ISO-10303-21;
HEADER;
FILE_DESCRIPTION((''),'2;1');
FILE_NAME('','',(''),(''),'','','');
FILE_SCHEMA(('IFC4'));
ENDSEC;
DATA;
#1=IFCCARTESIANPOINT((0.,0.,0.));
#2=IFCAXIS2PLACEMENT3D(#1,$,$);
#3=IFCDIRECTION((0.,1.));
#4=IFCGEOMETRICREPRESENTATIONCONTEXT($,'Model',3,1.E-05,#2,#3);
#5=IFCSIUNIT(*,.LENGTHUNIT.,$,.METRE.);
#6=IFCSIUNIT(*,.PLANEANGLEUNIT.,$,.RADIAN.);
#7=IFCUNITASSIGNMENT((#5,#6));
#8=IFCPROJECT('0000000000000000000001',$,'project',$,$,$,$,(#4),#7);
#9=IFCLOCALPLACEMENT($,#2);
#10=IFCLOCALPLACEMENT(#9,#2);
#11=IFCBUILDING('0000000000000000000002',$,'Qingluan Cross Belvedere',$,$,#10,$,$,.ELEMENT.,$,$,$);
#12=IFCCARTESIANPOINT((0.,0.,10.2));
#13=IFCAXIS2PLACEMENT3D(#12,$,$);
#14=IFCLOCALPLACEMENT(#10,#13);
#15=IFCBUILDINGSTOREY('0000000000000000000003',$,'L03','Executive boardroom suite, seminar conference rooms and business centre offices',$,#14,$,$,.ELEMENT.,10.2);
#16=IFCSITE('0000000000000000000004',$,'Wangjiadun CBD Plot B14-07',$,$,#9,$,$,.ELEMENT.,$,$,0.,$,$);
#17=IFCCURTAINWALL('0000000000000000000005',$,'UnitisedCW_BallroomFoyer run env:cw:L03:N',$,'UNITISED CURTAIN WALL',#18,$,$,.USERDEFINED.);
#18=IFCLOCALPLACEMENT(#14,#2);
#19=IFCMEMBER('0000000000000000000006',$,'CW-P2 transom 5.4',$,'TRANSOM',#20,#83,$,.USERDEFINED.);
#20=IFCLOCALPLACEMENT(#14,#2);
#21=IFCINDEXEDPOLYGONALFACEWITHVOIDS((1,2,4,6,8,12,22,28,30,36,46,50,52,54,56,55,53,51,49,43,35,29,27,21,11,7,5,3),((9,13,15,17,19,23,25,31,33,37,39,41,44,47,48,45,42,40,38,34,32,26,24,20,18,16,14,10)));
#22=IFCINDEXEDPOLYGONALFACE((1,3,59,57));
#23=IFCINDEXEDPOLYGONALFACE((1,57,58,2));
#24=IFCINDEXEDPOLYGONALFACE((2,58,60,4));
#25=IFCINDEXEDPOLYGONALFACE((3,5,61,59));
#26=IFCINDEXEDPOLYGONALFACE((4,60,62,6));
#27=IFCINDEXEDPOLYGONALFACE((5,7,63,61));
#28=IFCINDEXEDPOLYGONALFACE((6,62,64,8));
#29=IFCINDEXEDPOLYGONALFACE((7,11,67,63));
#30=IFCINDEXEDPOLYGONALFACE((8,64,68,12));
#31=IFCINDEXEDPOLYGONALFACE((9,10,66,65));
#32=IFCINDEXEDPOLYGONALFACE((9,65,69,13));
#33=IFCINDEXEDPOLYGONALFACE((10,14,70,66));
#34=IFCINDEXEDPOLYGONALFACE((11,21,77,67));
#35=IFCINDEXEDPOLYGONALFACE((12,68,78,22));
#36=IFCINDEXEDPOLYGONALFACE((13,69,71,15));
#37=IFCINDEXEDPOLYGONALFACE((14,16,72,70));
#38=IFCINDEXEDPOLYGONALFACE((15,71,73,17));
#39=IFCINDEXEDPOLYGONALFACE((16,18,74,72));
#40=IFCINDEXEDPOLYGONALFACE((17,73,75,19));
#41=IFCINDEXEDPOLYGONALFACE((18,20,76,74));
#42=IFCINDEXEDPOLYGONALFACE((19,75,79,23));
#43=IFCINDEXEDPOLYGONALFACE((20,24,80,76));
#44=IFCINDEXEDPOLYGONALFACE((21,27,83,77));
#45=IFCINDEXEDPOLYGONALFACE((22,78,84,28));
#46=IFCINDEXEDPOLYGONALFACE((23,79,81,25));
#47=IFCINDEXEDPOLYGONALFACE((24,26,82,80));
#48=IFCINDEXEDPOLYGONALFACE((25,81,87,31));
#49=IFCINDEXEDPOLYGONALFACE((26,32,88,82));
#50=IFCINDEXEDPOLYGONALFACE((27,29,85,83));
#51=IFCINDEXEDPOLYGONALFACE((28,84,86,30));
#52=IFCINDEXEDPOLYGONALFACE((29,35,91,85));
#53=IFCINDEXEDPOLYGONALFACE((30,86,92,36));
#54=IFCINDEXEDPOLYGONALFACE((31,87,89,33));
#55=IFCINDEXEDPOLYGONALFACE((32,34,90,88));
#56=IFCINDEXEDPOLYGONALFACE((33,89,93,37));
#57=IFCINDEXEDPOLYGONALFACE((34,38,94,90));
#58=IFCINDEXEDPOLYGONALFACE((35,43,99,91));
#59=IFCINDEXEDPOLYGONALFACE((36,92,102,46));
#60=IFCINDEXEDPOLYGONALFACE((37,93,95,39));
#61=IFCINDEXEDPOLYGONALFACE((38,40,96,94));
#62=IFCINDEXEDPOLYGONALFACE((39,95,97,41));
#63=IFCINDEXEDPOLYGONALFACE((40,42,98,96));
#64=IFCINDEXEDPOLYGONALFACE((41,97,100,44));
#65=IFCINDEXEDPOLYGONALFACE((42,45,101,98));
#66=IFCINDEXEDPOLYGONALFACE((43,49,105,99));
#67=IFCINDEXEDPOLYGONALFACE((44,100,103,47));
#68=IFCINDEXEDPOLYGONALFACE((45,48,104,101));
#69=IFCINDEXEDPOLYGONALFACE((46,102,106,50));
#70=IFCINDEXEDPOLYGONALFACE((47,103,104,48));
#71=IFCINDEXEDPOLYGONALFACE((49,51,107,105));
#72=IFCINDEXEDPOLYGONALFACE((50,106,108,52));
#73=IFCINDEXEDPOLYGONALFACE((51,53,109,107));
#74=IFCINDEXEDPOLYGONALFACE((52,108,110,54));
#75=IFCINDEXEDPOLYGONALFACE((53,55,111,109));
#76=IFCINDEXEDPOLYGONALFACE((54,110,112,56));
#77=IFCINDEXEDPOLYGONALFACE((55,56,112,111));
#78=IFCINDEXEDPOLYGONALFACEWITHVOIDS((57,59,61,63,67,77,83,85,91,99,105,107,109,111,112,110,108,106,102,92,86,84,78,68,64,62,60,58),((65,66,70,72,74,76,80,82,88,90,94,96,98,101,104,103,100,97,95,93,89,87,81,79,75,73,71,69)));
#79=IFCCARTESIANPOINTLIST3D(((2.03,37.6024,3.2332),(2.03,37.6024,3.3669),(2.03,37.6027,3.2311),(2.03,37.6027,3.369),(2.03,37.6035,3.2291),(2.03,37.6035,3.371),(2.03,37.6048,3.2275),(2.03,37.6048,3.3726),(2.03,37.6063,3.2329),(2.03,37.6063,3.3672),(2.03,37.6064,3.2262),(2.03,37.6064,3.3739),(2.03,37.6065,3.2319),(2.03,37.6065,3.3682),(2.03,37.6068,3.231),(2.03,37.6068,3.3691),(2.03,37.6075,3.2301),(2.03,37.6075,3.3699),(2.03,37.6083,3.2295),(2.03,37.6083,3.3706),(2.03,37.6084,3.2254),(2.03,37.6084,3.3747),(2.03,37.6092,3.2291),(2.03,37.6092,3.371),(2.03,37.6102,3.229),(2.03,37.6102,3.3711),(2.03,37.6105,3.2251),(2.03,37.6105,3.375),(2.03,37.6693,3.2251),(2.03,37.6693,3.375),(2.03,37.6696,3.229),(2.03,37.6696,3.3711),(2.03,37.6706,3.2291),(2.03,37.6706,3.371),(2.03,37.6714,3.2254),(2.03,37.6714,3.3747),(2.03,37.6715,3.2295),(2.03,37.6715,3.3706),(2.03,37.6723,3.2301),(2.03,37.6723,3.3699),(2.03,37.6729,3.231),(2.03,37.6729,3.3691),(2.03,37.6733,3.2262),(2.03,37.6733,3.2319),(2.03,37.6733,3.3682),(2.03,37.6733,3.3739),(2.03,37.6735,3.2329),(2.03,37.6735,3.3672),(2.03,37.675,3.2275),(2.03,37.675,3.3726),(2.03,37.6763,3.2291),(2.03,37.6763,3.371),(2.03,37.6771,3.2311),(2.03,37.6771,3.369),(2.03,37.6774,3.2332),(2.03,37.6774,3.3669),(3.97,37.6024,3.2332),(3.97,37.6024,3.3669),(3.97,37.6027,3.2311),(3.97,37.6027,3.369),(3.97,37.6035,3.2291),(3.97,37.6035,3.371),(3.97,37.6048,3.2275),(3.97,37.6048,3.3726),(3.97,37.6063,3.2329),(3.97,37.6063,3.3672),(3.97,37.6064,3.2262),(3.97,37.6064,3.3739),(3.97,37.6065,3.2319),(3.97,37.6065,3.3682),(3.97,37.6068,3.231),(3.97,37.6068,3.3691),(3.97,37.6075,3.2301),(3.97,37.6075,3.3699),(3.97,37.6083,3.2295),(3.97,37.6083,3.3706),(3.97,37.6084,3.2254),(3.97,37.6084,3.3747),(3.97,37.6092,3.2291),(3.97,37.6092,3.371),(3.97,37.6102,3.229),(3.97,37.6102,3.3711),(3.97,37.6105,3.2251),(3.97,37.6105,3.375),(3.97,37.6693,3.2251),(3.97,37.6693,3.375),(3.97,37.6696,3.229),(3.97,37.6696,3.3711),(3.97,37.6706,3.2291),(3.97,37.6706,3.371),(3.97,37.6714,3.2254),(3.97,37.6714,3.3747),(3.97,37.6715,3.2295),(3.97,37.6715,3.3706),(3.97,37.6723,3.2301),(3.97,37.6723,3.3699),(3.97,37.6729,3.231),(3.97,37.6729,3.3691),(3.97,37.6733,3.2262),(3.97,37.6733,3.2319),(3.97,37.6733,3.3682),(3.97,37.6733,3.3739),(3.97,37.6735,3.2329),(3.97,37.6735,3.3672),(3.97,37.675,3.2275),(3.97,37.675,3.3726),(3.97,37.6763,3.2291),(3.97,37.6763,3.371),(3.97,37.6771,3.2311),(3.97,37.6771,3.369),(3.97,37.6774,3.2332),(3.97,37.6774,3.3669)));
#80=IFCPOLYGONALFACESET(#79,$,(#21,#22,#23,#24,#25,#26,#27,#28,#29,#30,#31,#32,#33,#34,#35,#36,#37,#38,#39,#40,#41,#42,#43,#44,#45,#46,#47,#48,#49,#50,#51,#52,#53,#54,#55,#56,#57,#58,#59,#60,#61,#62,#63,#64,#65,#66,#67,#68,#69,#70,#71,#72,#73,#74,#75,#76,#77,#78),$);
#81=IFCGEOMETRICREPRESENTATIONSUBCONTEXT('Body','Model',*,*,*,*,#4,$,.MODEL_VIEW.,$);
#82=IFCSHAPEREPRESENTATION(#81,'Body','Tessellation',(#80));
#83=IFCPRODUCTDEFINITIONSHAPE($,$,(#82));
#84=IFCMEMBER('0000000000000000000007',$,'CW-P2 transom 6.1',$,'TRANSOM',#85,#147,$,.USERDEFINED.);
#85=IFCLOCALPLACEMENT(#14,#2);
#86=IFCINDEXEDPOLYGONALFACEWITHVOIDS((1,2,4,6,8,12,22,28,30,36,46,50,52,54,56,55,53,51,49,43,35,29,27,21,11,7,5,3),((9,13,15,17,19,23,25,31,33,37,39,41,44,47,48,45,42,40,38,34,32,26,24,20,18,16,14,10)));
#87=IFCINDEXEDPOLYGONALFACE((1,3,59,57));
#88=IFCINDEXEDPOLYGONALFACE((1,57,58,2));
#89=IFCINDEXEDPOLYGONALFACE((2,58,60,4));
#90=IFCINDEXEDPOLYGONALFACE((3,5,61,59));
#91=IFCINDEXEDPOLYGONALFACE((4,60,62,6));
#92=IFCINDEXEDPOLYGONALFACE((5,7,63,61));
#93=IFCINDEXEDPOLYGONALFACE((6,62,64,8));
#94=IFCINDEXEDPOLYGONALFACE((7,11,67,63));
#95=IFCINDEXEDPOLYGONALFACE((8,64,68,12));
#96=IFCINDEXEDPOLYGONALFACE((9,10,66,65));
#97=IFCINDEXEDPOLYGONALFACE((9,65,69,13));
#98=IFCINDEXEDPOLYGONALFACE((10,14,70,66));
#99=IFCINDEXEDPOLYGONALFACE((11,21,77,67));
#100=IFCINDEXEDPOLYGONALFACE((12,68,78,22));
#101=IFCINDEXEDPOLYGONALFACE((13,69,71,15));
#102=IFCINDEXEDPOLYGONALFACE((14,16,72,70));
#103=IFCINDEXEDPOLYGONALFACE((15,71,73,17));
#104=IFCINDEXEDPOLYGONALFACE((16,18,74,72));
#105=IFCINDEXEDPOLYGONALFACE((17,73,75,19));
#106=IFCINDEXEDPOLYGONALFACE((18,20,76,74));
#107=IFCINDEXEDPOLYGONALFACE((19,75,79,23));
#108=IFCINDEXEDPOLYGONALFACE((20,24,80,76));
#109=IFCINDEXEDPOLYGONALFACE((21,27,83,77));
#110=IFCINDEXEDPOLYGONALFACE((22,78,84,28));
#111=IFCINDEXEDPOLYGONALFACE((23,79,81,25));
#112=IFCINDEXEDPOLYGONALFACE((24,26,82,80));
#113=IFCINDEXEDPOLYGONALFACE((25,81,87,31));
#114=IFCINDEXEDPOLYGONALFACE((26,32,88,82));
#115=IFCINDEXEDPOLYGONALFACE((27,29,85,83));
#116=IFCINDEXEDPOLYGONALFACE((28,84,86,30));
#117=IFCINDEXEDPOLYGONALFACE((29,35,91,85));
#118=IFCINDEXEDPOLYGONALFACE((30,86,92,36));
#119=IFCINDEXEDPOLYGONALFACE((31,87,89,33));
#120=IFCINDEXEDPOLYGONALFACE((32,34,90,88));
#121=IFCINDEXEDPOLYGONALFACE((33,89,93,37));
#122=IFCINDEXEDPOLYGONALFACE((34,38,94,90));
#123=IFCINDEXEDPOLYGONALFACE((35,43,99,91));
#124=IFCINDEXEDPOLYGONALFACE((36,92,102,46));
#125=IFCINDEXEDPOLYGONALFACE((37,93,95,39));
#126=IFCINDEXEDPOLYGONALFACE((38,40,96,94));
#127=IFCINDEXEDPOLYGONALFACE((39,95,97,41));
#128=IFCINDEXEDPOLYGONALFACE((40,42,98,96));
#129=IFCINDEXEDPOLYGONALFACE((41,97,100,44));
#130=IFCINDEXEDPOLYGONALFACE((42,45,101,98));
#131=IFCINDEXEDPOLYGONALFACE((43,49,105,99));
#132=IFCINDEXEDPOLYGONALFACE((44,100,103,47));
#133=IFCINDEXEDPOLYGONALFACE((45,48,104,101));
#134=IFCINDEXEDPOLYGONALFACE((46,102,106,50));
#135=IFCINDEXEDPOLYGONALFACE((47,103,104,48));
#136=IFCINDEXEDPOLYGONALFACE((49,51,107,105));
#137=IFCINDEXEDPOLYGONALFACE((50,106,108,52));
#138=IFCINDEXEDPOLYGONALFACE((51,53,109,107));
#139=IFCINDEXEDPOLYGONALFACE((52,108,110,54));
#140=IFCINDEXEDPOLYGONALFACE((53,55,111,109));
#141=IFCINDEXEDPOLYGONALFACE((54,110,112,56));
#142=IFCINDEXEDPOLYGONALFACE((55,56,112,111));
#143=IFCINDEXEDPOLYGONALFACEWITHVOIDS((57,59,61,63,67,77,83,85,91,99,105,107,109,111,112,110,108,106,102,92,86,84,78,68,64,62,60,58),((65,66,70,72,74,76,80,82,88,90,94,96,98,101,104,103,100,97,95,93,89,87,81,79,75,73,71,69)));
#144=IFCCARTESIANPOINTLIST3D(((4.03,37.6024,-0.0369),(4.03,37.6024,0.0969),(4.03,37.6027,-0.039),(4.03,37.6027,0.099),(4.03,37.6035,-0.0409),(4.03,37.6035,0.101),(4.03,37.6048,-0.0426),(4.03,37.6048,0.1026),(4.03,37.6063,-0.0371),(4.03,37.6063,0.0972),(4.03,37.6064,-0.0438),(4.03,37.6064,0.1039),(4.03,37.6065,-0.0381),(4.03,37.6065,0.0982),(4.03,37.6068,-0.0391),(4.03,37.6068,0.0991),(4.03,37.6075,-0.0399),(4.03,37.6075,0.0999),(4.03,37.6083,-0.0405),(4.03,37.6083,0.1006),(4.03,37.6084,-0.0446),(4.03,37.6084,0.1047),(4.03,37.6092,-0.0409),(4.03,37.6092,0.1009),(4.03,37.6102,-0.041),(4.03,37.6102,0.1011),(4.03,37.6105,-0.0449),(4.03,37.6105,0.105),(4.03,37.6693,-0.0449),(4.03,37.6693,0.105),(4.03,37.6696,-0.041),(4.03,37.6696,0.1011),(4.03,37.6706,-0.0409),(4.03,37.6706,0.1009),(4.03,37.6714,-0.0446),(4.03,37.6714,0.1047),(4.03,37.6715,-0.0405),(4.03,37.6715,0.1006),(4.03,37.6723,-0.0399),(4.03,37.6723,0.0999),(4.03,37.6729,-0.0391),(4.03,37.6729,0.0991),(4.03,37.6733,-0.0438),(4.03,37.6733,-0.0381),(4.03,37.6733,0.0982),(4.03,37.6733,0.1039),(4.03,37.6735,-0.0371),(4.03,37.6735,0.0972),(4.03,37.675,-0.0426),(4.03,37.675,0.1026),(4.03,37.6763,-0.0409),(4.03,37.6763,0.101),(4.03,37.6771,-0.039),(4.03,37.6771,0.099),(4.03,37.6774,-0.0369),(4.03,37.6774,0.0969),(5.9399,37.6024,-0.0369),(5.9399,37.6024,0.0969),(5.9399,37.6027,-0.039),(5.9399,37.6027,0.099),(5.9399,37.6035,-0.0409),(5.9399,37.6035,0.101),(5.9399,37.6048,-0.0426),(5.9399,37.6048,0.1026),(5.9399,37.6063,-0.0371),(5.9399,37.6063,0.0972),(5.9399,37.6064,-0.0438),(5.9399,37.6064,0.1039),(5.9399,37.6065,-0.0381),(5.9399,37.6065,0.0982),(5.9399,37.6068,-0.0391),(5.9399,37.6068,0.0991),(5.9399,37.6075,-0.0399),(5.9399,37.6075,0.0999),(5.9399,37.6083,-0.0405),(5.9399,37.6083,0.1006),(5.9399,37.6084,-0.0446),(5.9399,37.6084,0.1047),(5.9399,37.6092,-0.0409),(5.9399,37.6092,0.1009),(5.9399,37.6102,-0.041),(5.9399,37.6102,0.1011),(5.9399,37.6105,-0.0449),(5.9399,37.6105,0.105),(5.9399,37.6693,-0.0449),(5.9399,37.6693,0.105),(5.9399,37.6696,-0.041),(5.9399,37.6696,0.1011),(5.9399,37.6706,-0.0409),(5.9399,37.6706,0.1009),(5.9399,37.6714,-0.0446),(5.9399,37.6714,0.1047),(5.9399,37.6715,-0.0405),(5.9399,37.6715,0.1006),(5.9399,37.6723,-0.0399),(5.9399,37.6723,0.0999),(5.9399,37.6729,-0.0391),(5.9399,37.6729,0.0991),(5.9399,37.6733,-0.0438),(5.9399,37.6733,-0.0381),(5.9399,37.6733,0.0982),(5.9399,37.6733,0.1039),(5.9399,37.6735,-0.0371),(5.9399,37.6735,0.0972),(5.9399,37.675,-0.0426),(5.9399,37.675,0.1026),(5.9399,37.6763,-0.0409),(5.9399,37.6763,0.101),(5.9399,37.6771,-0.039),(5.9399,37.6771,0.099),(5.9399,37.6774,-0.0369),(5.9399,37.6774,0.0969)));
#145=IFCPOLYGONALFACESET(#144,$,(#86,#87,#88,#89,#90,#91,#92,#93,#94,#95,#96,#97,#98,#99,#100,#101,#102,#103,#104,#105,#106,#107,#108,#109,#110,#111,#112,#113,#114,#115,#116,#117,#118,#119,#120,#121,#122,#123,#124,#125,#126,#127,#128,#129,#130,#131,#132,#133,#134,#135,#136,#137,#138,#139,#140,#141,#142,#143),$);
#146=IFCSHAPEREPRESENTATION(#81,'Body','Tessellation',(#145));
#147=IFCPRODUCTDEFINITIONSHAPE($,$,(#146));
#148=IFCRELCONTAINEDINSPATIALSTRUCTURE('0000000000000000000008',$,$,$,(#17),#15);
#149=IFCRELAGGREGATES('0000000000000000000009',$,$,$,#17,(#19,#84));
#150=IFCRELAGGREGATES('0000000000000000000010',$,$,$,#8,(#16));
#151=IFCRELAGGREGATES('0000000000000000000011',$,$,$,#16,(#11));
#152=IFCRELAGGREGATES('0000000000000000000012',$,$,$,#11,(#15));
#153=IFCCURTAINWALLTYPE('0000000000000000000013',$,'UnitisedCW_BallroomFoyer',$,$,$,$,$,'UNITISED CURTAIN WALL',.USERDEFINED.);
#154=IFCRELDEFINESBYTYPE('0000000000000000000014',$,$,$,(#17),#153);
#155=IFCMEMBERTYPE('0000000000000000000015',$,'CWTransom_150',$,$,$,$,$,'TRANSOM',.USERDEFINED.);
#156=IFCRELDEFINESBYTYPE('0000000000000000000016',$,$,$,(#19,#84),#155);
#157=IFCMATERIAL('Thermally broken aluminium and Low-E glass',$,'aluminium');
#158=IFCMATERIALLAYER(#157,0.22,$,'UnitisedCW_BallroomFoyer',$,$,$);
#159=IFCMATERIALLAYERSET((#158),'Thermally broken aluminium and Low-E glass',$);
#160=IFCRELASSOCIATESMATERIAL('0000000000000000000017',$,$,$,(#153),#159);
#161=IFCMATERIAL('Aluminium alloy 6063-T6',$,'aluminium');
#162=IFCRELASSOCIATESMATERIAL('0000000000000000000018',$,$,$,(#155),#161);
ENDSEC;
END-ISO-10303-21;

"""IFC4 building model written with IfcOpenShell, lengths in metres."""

from ifc_helpers import new_model, si_unit, direction, frame, origin, origin_2d, place, context, subcontext, project, spatial, hollow_rectangle, extrude, material, layer, layer_set, material_profile, profile_set, type_object, element, aggregate, save


model = new_model("IFC4")

# Units and contexts
model_context = context("Model", 3, precision=1e-05, world=origin(), true_north=direction((0.0, 1.0)))
body_context = subcontext(model_context, "Body", "Model", "MODEL_VIEW")
ifc_project = project(units=[si_unit("LENGTHUNIT", "METRE"), si_unit("PLANEANGLEUNIT", "RADIAN")], contexts=[model_context])

# Site, building, storey
site_placement = place(None, origin())
site = spatial("IfcSite", under=ifc_project, at=site_placement, Name="Wangjiadun CBD Plot B14-07", CompositionType="ELEMENT", RefElevation=0.0)
building_placement = place(site_placement, origin())
building = spatial("IfcBuilding", under=site, at=building_placement, Name="Qingluan Cross Belvedere", CompositionType="ELEMENT")
storey_placement = place(building_placement, frame((0.0, 0.0, 10.2)))
storey = spatial("IfcBuildingStorey", under=building, at=storey_placement, Name="L03", Description="Executive boardroom suite, seminar conference rooms and business centre offices", CompositionType="ELEMENT", Elevation=10.2)

# Curtain wall, members
ifc_material_1 = material(Name="Thermally broken aluminium and Low-E glass", Category="aluminium")
ifc_layer_1 = layer(ifc_material_1, 0.22, Name="UnitisedCW_BallroomFoyer")
ifc_layer_set_1 = layer_set([ifc_layer_1], Name="Thermally broken aluminium and Low-E glass")
curtain_wall_type = type_object("IfcCurtainWallType", Name="UnitisedCW_BallroomFoyer", ElementType="UNITISED CURTAIN WALL", PredefinedType="USERDEFINED", material=ifc_layer_set_1)
curtain_wall_placement = place(storey_placement, origin())
curtain_wall = element("IfcCurtainWall", 1, at=curtain_wall_placement, inside=storey, type_object=curtain_wall_type, Name="UnitisedCW_BallroomFoyer run env:cw:L03:N", ObjectType="UNITISED CURTAIN WALL", PredefinedType="USERDEFINED")
ifc_material_2 = material(Name="Aluminium alloy 6063-T6", Category="aluminium")
ifc_material_profile_1 = material_profile(ifc_material_2, hollow_rectangle(XDim=0.075, YDim=0.1499, WallThickness=0.0039, InnerFilletRadius=0.0039, OuterFilletRadius=0.0081, at=origin_2d()), Name="CWT150x75x4")
ifc_profile_set_1 = profile_set([ifc_material_profile_1], Name="Aluminium alloy 6063-T6")
member_type_1 = type_object("IfcMemberType", Name="CWTransom_150", ElementType="TRANSOM", PredefinedType="USERDEFINED", material=ifc_profile_set_1)
member_1_placement = place(storey_placement, frame((2.03, 37.6399, 3.3), z_axis=(1.0, 0.0, 0.0), x_axis=(0.0, 1.0, 0.0)))
member_1 = element("IfcMember", 2, at=member_1_placement, type_object=member_type_1, Name="CW-P2 transom 5.4", ObjectType="TRANSOM", PredefinedType="USERDEFINED", context=body_context, shape_type="SweptSolid", body=[
    extrude(hollow_rectangle(XDim=0.075, YDim=0.1499, WallThickness=0.0039, InnerFilletRadius=0.0039, OuterFilletRadius=0.0081, at=origin_2d()), origin(), (0.0, 0.0, 1.0), 1.9399),
])
member_2_placement = place(storey_placement, frame((4.03, 37.6399, 0.03), z_axis=(1.0, 0.0, 0.0), x_axis=(0.0, 1.0, 0.0)))
member_2 = element("IfcMember", 3, at=member_2_placement, type_object=member_type_1, Name="CW-P2 transom 6.1", ObjectType="TRANSOM", PredefinedType="USERDEFINED", context=body_context, shape_type="SweptSolid", body=[
    extrude(hollow_rectangle(XDim=0.075, YDim=0.1499, WallThickness=0.0039, InnerFilletRadius=0.0039, OuterFilletRadius=0.0081, at=origin_2d()), origin(), (0.0, 0.0, 1.0), 1.9099),
])

aggregate(curtain_wall, [member_1, member_2])

save(model, "model.ifc")
